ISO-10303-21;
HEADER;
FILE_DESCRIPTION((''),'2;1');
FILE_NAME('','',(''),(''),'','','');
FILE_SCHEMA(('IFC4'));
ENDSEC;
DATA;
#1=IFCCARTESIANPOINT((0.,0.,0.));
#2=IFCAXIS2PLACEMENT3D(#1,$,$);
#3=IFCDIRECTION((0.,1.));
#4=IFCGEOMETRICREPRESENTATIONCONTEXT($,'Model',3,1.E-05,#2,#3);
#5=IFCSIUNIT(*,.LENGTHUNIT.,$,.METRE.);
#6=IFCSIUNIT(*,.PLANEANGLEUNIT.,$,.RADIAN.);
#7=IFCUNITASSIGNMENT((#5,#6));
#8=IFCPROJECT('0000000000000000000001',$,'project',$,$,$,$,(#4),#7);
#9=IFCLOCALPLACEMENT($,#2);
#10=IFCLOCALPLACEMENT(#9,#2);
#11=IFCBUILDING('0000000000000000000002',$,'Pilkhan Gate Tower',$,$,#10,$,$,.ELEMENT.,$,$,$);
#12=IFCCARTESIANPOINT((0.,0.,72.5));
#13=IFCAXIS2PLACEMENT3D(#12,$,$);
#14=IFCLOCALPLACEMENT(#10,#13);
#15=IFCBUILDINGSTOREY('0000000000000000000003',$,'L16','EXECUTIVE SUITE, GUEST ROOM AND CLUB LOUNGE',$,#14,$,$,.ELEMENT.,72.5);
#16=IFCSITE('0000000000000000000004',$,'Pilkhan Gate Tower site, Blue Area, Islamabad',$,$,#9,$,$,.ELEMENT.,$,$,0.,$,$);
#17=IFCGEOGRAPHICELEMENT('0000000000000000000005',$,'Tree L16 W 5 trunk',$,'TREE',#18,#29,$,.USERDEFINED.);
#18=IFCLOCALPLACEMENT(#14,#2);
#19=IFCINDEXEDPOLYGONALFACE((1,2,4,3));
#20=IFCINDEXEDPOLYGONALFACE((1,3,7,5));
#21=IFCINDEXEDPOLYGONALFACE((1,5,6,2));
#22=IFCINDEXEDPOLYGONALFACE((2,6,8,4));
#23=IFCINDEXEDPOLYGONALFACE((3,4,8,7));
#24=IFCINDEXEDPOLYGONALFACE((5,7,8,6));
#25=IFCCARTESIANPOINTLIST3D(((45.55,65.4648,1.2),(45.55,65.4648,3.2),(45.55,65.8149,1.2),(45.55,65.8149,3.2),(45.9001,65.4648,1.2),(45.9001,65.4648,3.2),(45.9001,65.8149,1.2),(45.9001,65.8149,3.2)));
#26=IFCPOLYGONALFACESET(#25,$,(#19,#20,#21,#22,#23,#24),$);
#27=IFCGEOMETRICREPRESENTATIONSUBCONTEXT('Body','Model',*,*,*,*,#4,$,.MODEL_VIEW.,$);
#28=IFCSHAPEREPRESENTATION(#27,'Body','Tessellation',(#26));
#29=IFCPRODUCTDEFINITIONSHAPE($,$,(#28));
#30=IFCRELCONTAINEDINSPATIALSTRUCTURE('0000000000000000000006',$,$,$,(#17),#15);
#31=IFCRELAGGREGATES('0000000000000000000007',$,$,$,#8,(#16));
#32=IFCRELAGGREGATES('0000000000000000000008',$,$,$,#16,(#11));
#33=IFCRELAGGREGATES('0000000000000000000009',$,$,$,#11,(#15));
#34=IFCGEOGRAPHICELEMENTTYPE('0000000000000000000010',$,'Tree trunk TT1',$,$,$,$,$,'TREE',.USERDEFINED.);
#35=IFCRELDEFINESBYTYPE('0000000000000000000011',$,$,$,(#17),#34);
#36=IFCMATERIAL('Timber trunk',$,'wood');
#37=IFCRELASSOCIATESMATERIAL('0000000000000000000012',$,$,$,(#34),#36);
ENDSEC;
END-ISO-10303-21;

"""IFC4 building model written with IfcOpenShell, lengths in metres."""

from ifc_helpers import new_model, si_unit, direction, frame, origin, origin_2d, place, context, subcontext, project, spatial, rectangle, extrude, material, type_object, element, save


model = new_model("IFC4")

# Units and contexts
model_context = context("Model", 3, precision=1e-05, world=origin(), true_north=direction((0.0, 1.0)))
body_context = subcontext(model_context, "Body", "Model", "MODEL_VIEW")
ifc_project = project(units=[si_unit("LENGTHUNIT", "METRE"), si_unit("PLANEANGLEUNIT", "RADIAN")], contexts=[model_context])

# Site, building, storey
site_placement = place(None, origin())
site = spatial("IfcSite", under=ifc_project, at=site_placement, Name="Pilkhan Gate Tower site, Blue Area, Islamabad", CompositionType="ELEMENT", RefElevation=0.0)
building_placement = place(site_placement, origin())
building = spatial("IfcBuilding", under=site, at=building_placement, Name="Pilkhan Gate Tower", CompositionType="ELEMENT")
storey_placement = place(building_placement, frame((0.0, 0.0, 72.5)))
storey = spatial("IfcBuildingStorey", under=building, at=storey_placement, Name="L16", Description="EXECUTIVE SUITE, GUEST ROOM AND CLUB LOUNGE", CompositionType="ELEMENT", Elevation=72.5)

# Geographic element
ifc_material_1 = material(Name="Timber trunk", Category="wood")
geographic_element_type_1 = type_object("IfcGeographicElementType", Name="Tree trunk TT1", ElementType="TREE", PredefinedType="USERDEFINED", material=ifc_material_1)
for number, where, z_axis, x_axis, name in (
    (1, (45.7251, 65.6399, 1.2), (0.0, 0.0, 1.0), (1.0, 0.0, 0.0), "Tree L16 W 5 trunk"),
):
    element("IfcGeographicElement", number, at=place(storey_placement, frame(where, z_axis=z_axis, x_axis=x_axis)), inside=storey, type_object=geographic_element_type_1, Name=name, ObjectType="TREE", PredefinedType="USERDEFINED", context=body_context, shape_type="SweptSolid", body=[
        extrude(rectangle(XDim=0.3501, YDim=0.3501, at=origin_2d()), origin(), (0.0, 0.0, 1.0), 2.0),
    ])

save(model, "model.ifc")
